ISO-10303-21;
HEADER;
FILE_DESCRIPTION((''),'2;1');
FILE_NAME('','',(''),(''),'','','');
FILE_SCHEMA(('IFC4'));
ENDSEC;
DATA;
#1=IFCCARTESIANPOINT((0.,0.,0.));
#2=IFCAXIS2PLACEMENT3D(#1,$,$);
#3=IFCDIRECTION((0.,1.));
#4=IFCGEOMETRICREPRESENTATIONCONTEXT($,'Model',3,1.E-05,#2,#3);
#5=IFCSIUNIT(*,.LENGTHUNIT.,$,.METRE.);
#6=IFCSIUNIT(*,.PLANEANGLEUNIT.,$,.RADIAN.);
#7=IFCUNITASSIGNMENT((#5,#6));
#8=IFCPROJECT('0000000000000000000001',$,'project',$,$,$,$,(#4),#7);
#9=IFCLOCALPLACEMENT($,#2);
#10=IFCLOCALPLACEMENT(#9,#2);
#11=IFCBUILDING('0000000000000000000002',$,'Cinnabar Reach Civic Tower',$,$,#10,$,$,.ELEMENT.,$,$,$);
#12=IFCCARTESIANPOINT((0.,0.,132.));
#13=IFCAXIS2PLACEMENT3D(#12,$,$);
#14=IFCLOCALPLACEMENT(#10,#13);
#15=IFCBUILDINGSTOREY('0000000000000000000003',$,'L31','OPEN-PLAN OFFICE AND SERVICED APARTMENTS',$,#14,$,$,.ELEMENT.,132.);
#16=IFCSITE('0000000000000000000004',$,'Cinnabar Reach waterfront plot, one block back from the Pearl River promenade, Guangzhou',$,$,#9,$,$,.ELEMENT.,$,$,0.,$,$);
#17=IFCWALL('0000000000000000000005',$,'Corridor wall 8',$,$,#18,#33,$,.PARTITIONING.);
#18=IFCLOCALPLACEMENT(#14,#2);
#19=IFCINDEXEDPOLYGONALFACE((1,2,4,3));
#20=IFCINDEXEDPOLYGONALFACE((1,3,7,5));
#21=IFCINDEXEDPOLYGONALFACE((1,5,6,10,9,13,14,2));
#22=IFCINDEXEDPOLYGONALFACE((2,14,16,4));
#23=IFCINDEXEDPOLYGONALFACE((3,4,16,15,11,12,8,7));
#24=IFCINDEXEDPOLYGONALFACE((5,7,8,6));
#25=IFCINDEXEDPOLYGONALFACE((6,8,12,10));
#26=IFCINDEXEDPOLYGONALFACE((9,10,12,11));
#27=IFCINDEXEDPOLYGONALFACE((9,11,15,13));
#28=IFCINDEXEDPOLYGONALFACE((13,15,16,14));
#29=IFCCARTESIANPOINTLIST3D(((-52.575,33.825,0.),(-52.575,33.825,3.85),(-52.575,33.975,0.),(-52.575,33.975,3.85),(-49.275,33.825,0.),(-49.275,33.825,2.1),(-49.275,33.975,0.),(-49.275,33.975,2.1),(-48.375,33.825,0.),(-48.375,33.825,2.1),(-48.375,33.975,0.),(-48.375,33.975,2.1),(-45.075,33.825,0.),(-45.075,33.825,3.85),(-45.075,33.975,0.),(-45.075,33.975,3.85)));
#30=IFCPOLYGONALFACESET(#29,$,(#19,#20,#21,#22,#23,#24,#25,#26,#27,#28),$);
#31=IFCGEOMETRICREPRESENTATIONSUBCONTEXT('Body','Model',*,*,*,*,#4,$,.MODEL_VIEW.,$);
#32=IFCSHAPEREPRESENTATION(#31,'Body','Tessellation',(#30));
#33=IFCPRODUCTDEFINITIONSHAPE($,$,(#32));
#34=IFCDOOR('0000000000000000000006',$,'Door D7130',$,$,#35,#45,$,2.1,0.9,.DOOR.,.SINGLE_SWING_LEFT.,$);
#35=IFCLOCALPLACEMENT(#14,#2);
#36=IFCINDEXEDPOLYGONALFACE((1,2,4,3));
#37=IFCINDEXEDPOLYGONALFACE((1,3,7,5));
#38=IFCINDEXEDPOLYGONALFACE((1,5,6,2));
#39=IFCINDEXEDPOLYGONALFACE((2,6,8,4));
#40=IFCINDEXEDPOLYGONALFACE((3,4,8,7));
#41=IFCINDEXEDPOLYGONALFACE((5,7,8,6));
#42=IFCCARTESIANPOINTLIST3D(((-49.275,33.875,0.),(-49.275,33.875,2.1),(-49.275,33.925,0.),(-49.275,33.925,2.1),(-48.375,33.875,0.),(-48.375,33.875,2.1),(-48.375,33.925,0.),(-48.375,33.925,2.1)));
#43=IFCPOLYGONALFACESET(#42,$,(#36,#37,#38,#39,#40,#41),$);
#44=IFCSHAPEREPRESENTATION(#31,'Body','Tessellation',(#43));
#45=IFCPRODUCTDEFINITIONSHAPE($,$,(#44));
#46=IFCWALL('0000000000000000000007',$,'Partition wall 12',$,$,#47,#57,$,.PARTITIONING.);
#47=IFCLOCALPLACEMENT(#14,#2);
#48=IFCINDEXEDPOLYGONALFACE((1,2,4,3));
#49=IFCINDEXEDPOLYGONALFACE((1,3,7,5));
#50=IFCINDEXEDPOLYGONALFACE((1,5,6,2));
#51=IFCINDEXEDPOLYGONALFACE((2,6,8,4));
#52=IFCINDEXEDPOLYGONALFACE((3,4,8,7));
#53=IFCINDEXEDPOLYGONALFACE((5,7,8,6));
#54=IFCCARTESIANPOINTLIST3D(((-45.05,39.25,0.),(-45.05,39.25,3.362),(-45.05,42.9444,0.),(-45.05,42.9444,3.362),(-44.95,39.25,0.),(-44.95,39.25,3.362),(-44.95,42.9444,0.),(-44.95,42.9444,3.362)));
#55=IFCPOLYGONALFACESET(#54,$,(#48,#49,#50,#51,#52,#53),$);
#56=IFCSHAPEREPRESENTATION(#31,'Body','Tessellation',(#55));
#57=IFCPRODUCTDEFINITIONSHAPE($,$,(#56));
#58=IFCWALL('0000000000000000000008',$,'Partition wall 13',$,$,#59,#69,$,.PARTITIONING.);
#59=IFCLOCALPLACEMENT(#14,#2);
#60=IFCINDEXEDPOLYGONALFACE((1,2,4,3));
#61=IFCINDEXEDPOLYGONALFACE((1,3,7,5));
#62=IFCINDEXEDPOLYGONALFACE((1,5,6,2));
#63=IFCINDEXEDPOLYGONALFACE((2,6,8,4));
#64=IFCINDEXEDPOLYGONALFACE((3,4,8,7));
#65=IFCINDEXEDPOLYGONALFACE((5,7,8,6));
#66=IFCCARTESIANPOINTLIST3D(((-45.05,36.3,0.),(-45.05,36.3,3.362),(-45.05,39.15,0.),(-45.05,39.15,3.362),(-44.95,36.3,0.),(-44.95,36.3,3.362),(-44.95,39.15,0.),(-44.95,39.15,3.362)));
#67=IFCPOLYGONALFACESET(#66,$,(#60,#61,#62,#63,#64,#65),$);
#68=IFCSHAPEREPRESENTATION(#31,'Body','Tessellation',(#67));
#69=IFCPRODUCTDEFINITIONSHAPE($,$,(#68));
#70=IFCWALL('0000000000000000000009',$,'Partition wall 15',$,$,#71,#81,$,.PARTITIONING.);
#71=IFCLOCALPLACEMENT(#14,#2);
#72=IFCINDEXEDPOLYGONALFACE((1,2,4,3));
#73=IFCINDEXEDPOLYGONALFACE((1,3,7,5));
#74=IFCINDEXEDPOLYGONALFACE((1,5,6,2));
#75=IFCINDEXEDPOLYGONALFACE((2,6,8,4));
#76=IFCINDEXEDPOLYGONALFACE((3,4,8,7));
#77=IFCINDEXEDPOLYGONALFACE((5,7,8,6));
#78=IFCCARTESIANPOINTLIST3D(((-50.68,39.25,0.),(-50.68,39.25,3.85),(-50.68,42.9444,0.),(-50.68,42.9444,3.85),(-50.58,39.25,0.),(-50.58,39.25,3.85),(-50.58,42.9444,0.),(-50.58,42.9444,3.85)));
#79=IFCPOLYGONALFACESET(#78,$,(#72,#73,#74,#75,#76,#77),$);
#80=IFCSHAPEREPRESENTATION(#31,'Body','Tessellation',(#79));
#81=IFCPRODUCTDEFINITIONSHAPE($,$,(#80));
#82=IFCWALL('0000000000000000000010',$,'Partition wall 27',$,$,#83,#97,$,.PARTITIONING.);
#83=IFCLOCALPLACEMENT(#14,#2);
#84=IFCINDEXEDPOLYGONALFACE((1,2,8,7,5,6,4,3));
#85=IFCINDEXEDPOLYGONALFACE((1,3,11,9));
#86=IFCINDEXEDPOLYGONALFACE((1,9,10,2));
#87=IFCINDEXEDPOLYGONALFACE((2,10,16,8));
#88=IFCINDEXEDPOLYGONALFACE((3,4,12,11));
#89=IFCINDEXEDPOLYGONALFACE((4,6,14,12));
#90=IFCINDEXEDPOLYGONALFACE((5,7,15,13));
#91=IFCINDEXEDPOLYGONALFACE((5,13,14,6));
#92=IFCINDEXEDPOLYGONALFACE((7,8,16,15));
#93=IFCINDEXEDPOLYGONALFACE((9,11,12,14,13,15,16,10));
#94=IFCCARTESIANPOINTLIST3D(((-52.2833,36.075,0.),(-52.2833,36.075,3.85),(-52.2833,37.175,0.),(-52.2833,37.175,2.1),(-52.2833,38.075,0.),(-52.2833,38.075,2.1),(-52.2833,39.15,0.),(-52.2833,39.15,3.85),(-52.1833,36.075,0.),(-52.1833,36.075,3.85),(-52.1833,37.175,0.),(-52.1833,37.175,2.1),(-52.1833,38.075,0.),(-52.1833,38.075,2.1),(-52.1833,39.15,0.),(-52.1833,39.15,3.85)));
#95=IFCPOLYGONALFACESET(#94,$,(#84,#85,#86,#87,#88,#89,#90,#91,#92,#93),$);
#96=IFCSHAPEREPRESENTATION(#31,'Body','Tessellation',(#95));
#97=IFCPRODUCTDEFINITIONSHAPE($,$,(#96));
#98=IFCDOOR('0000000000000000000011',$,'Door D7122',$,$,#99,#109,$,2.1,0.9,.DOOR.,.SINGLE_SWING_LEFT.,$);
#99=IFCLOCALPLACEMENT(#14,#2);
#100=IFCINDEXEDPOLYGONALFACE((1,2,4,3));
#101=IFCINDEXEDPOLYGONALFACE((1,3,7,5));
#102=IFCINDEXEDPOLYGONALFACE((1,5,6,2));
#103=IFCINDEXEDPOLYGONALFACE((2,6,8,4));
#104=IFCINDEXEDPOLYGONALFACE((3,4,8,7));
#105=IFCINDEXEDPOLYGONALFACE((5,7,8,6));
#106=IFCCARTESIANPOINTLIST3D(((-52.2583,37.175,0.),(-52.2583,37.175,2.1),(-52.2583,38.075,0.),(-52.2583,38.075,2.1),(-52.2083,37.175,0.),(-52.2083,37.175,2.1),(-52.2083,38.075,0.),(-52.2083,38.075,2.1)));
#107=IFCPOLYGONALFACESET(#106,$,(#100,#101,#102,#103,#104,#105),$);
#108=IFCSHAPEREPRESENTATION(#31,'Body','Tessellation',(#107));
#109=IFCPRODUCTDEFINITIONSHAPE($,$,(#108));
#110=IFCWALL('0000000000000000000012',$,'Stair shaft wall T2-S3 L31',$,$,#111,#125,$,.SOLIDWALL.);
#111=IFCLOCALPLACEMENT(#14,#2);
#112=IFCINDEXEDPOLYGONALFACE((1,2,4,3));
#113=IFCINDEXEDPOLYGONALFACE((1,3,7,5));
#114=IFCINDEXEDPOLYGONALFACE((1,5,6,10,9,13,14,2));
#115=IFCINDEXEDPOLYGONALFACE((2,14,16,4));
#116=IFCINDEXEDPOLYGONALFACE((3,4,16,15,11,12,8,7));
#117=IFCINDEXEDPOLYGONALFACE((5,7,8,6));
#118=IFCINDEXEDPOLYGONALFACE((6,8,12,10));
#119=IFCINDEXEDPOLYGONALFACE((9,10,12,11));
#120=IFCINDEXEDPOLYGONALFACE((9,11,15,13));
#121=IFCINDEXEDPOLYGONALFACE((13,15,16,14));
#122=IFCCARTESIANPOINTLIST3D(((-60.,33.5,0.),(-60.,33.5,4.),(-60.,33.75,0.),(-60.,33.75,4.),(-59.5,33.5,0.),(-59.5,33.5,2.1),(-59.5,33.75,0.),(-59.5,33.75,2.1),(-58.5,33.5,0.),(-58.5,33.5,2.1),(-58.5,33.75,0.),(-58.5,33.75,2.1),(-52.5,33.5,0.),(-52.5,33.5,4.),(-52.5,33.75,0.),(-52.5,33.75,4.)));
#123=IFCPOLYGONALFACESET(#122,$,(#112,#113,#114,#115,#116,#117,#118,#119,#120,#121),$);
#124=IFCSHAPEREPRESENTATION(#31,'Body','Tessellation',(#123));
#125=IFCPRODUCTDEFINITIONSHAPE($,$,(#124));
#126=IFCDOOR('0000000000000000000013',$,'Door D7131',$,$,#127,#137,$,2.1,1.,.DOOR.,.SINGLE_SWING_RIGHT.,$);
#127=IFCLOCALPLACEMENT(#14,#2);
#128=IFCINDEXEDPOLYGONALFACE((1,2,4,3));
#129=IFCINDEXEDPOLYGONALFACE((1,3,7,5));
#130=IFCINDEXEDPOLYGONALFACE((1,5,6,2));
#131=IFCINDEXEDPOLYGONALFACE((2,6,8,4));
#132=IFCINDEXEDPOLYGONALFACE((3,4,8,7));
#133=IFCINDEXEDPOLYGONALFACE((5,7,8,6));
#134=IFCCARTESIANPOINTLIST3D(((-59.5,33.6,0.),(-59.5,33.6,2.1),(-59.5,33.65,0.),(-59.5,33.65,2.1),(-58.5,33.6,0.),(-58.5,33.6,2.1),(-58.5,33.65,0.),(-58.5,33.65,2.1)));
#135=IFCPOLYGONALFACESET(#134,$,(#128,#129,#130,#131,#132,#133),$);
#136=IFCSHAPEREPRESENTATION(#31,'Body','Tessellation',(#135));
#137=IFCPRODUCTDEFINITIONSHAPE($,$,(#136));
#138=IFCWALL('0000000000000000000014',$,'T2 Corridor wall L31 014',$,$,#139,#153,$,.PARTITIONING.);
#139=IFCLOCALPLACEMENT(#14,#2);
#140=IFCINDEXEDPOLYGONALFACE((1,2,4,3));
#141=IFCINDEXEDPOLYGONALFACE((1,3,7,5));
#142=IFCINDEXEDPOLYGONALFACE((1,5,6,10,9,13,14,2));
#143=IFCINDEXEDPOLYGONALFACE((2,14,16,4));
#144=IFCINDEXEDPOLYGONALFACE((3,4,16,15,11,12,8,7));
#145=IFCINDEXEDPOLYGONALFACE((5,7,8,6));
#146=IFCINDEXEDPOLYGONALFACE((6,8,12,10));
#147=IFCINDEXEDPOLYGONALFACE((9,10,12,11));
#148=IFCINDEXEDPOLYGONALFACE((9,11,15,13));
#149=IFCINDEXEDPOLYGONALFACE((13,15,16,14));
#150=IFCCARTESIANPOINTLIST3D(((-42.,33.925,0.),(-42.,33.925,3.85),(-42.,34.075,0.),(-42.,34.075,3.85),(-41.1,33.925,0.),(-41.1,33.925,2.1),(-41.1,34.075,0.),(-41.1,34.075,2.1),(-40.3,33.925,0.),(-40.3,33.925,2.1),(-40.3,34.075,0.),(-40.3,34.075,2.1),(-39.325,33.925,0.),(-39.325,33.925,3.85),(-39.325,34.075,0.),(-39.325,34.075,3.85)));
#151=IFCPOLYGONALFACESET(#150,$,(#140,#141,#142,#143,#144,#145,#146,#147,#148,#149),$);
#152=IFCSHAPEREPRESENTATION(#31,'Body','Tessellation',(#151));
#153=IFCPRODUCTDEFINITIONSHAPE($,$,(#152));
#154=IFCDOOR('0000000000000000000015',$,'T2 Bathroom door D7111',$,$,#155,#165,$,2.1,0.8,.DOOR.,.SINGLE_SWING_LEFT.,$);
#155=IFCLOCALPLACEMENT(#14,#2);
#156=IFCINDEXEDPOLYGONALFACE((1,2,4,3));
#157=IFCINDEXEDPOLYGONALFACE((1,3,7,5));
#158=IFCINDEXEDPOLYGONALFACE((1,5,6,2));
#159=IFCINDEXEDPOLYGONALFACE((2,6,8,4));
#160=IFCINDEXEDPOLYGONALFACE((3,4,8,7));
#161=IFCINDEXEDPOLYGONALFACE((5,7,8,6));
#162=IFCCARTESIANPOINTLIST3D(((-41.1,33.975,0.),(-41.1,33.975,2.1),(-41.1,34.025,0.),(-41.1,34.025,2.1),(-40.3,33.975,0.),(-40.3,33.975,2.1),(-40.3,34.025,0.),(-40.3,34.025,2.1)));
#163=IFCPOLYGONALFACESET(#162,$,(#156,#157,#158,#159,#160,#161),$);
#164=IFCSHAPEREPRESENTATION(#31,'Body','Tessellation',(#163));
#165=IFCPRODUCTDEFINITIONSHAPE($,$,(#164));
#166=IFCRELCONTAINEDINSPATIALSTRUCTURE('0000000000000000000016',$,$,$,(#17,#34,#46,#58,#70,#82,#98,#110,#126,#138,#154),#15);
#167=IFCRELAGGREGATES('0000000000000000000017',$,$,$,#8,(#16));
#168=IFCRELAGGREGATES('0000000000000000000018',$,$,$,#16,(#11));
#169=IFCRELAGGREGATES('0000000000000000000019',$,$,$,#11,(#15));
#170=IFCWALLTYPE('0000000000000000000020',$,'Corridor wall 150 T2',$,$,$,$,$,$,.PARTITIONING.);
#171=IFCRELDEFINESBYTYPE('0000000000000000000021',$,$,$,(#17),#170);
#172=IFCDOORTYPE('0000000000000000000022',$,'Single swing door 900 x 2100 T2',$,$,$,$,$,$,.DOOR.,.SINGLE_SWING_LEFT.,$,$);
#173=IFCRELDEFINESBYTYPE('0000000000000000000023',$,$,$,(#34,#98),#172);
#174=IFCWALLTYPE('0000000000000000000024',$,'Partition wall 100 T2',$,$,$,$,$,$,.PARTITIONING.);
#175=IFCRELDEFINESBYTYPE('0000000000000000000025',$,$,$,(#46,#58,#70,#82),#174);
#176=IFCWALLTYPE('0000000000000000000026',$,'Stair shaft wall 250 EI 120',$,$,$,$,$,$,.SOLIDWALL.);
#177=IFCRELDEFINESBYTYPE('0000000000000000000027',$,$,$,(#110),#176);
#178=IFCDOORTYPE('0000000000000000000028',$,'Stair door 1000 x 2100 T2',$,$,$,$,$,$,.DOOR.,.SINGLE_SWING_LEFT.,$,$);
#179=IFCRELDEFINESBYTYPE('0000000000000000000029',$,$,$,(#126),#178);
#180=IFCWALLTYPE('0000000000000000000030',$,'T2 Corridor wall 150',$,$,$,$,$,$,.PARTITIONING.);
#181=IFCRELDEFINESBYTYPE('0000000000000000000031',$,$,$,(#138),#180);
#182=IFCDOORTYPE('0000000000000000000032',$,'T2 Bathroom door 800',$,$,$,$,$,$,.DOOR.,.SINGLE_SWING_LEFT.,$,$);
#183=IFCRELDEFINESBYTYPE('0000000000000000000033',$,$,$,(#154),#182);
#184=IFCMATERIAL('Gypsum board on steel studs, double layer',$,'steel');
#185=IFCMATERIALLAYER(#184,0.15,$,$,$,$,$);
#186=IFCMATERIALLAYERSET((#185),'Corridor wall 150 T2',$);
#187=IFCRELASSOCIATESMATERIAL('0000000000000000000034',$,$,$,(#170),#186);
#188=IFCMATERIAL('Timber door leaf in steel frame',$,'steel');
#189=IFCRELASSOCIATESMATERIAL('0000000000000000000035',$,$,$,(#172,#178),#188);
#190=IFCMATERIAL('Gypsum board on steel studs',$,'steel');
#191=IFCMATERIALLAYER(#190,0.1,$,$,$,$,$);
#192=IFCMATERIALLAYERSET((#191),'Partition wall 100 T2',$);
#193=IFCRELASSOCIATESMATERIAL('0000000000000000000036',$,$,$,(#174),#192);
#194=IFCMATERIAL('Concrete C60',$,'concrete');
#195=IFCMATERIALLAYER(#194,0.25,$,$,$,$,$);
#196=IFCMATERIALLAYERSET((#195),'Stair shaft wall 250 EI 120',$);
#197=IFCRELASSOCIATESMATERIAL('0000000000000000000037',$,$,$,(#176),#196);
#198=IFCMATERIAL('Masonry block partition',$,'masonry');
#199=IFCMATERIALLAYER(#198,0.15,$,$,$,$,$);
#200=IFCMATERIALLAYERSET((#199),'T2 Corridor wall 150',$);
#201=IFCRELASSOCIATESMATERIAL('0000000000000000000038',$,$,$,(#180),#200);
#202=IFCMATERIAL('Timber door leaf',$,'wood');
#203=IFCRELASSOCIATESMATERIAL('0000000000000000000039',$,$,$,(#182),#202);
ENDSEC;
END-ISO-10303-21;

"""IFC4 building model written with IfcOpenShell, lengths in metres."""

from ifc_helpers import new_model, si_unit, direction, frame, frame_2d, origin, place, context, subcontext, project, spatial, rectangle, extrude, material, layer, layer_set, type_object, element, fill, save


model = new_model("IFC4")

# Units and contexts
model_context = context("Model", 3, precision=1e-05, world=origin(), true_north=direction((0.0, 1.0)))
body_context = subcontext(model_context, "Body", "Model", "MODEL_VIEW")
ifc_project = project(units=[si_unit("LENGTHUNIT", "METRE"), si_unit("PLANEANGLEUNIT", "RADIAN")], contexts=[model_context])

# Site, building, storey
site_placement = place(None, origin())
site = spatial("IfcSite", under=ifc_project, at=site_placement, Name="Cinnabar Reach waterfront plot, one block back from the Pearl River promenade, Guangzhou", CompositionType="ELEMENT", RefElevation=0.0)
building_placement = place(site_placement, origin())
building = spatial("IfcBuilding", under=site, at=building_placement, Name="Cinnabar Reach Civic Tower", CompositionType="ELEMENT")
storey_placement = place(building_placement, frame((0.0, 0.0, 132.0)))
storey = spatial("IfcBuildingStorey", under=building, at=storey_placement, Name="L31", Description="OPEN-PLAN OFFICE AND SERVICED APARTMENTS", CompositionType="ELEMENT", Elevation=132.0)

# Shared definitions
ifc_material_1 = material(Name="Concrete C60", Category="concrete")

# Wall, opening, door
ifc_material_2 = material(Name="Gypsum board on steel studs, double layer", Category="steel")
ifc_layer_1 = layer(ifc_material_2, 0.15)
ifc_layer_set_1 = layer_set([ifc_layer_1], Name="Corridor wall 150 T2")
wall_type_1 = type_object("IfcWallType", Name="Corridor wall 150 T2", PredefinedType="PARTITIONING", material=ifc_layer_set_1)
ifc_material_3 = material(Name="Timber door leaf in steel frame", Category="steel")
door_type_1 = type_object("IfcDoorType", Name="Single swing door 900 x 2100 T2", OperationType="SINGLE_SWING_LEFT", PredefinedType="DOOR", material=ifc_material_3)
wall_1_placement = place(storey_placement, frame((-52.575, 33.9, 0.0), z_axis=(0.0, 0.0, 1.0), x_axis=(1.0, 0.0, 0.0)))
wall_1 = element("IfcWall", 1, at=wall_1_placement, inside=storey, type_object=wall_type_1, Name="Corridor wall 8", PredefinedType="PARTITIONING", context=body_context, shape_type="SweptSolid", body=[
    extrude(rectangle(XDim=7.5, YDim=0.15, at=frame_2d((3.75, 0.0))), origin(), (0.0, 0.0, 1.0), 3.85),
])
opening_1_placement = place(wall_1_placement, frame((3.3, 0.0, 0.0)))
opening_1 = element("IfcOpeningElement", 2, at=opening_1_placement, cuts=wall_1, PredefinedType="OPENING", context=body_context, shape_type="SweptSolid", body=[
    extrude(rectangle(XDim=0.9, YDim=2.1, at=frame_2d((0.45, 1.05))), frame((0.0, 0.085, 0.0), z_axis=(0.0, -1.0, 0.0), x_axis=(1.0, 0.0, 0.0)), (0.0, 0.0, 1.0), 0.17),
])
door_1_placement = place(opening_1_placement, frame((0.9, 0.0, 0.0), z_axis=(0.0, 0.0, 1.0), x_axis=(-1.0, 0.0, 0.0)))
door_1 = element("IfcDoor", 3, at=door_1_placement, inside=storey, type_object=door_type_1, Name="Door D7130", OperationType="SINGLE_SWING_LEFT", OverallHeight=2.1, OverallWidth=0.9, PredefinedType="DOOR", context=body_context, shape_type="SweptSolid", body=[
    extrude(rectangle(XDim=0.9, YDim=2.1, at=frame_2d((0.45, 1.05))), frame((0.0, 0.025, 0.0), z_axis=(0.0, -1.0, 0.0), x_axis=(1.0, 0.0, 0.0)), (0.0, 0.0, 1.0), 0.05),
])
fill(opening_1, door_1)

# Walls
ifc_material_4 = material(Name="Gypsum board on steel studs", Category="steel")
ifc_layer_2 = layer(ifc_material_4, 0.1)
ifc_layer_set_2 = layer_set([ifc_layer_2], Name="Partition wall 100 T2")
wall_type_2 = type_object("IfcWallType", Name="Partition wall 100 T2", PredefinedType="PARTITIONING", material=ifc_layer_set_2)
wall_2_placement = place(storey_placement, frame((-45.0, 39.25, 0.0), z_axis=(0.0, 0.0, 1.0), x_axis=(0.0, 1.0, 0.0)))
element("IfcWall", 4, at=wall_2_placement, inside=storey, type_object=wall_type_2, Name="Partition wall 12", PredefinedType="PARTITIONING", context=body_context, shape_type="SweptSolid", body=[
    extrude(rectangle(XDim=3.6944, YDim=0.1, at=frame_2d((1.8472, 0.0))), origin(), (0.0, 0.0, 1.0), 3.362),
])
wall_3_placement = place(storey_placement, frame((-45.0, 36.3, 0.0), z_axis=(0.0, 0.0, 1.0), x_axis=(0.0, 1.0, 0.0)))
element("IfcWall", 5, at=wall_3_placement, inside=storey, type_object=wall_type_2, Name="Partition wall 13", PredefinedType="PARTITIONING", context=body_context, shape_type="SweptSolid", body=[
    extrude(rectangle(XDim=2.85, YDim=0.1, at=frame_2d((1.425, 0.0))), origin(), (0.0, 0.0, 1.0), 3.362),
])
wall_4_placement = place(storey_placement, frame((-50.63, 39.25, 0.0), z_axis=(0.0, 0.0, 1.0), x_axis=(0.0, 1.0, 0.0)))
element("IfcWall", 6, at=wall_4_placement, inside=storey, type_object=wall_type_2, Name="Partition wall 15", PredefinedType="PARTITIONING", context=body_context, shape_type="SweptSolid", body=[
    extrude(rectangle(XDim=3.6944, YDim=0.1, at=frame_2d((1.8472, 0.0))), origin(), (0.0, 0.0, 1.0), 3.85),
])

# Walls, openings, doors
wall_5_placement = place(storey_placement, frame((-52.2333, 36.075, 0.0), z_axis=(0.0, 0.0, 1.0), x_axis=(0.0, 1.0, 0.0)))
wall_5 = element("IfcWall", 7, at=wall_5_placement, inside=storey, type_object=wall_type_2, Name="Partition wall 27", PredefinedType="PARTITIONING", context=body_context, shape_type="SweptSolid", body=[
    extrude(rectangle(XDim=3.075, YDim=0.1, at=frame_2d((1.5375, 0.0))), origin(), (0.0, 0.0, 1.0), 3.85),
])
opening_2_placement = place(wall_5_placement, frame((1.1, 0.0, 0.0)))
opening_2 = element("IfcOpeningElement", 8, at=opening_2_placement, cuts=wall_5, PredefinedType="OPENING", context=body_context, shape_type="SweptSolid", body=[
    extrude(rectangle(XDim=0.9, YDim=2.1, at=frame_2d((0.45, 1.05))), frame((0.0, 0.06, 0.0), z_axis=(0.0, -1.0, 0.0), x_axis=(1.0, 0.0, 0.0)), (0.0, 0.0, 1.0), 0.12),
])
door_2_placement = place(opening_2_placement, origin())
door_2 = element("IfcDoor", 9, at=door_2_placement, inside=storey, type_object=door_type_1, Name="Door D7122", OperationType="SINGLE_SWING_LEFT", OverallHeight=2.1, OverallWidth=0.9, PredefinedType="DOOR", context=body_context, shape_type="SweptSolid", body=[
    extrude(rectangle(XDim=0.9, YDim=2.1, at=frame_2d((0.45, 1.05))), frame((0.0, 0.025, 0.0), z_axis=(0.0, -1.0, 0.0), x_axis=(1.0, 0.0, 0.0)), (0.0, 0.0, 1.0), 0.05),
])
fill(opening_2, door_2)
ifc_layer_3 = layer(ifc_material_1, 0.25)
ifc_layer_set_3 = layer_set([ifc_layer_3], Name="Stair shaft wall 250 EI 120")
wall_type_3 = type_object("IfcWallType", Name="Stair shaft wall 250 EI 120", PredefinedType="SOLIDWALL", material=ifc_layer_set_3)
wall_6_placement = place(storey_placement, frame((-52.5, 33.625, 0.0), z_axis=(0.0, 0.0, 1.0), x_axis=(-1.0, 0.0, 0.0)))
wall_6 = element("IfcWall", 10, at=wall_6_placement, inside=storey, type_object=wall_type_3, Name="Stair shaft wall T2-S3 L31", PredefinedType="SOLIDWALL", context=body_context, shape_type="SweptSolid", body=[
    extrude(rectangle(XDim=7.5, YDim=0.25, at=frame_2d((3.75, 0.0))), origin(), (0.0, 0.0, 1.0), 4.0),
])
opening_3_placement = place(wall_6_placement, frame((6.0, 0.0, 0.0)))
opening_3 = element("IfcOpeningElement", 11, at=opening_3_placement, cuts=wall_6, PredefinedType="OPENING", context=body_context, shape_type="SweptSolid", body=[
    extrude(rectangle(XDim=1.0, YDim=2.1, at=frame_2d((0.5, 1.05))), frame((0.0, 0.135, 0.0), z_axis=(0.0, -1.0, 0.0), x_axis=(1.0, 0.0, 0.0)), (0.0, 0.0, 1.0), 0.27),
])
door_type_2 = type_object("IfcDoorType", Name="Stair door 1000 x 2100 T2", OperationType="SINGLE_SWING_LEFT", PredefinedType="DOOR", material=ifc_material_3)
door_3_placement = place(opening_3_placement, origin())
door_3 = element("IfcDoor", 12, at=door_3_placement, inside=storey, type_object=door_type_2, Name="Door D7131", OperationType="SINGLE_SWING_RIGHT", OverallHeight=2.1, OverallWidth=1.0, PredefinedType="DOOR", context=body_context, shape_type="SweptSolid", body=[
    extrude(rectangle(XDim=1.0, YDim=2.1, at=frame_2d((0.5, 1.05))), frame((0.0, 0.025, 0.0), z_axis=(0.0, -1.0, 0.0), x_axis=(1.0, 0.0, 0.0)), (0.0, 0.0, 1.0), 0.05),
])
fill(opening_3, door_3)
ifc_material_5 = material(Name="Masonry block partition", Category="masonry")
ifc_layer_4 = layer(ifc_material_5, 0.15)
ifc_layer_set_4 = layer_set([ifc_layer_4], Name="T2 Corridor wall 150")
wall_type_4 = type_object("IfcWallType", Name="T2 Corridor wall 150", PredefinedType="PARTITIONING", material=ifc_layer_set_4)
wall_7_placement = place(storey_placement, frame((-39.325, 34.0, 0.0), z_axis=(0.0, 0.0, 1.0), x_axis=(-1.0, 0.0, 0.0)))
wall_7 = element("IfcWall", 13, at=wall_7_placement, inside=storey, type_object=wall_type_4, Name="T2 Corridor wall L31 014", PredefinedType="PARTITIONING", context=body_context, shape_type="SweptSolid", body=[
    extrude(rectangle(XDim=2.675, YDim=0.15, at=frame_2d((1.3375, 0.0))), origin(), (0.0, 0.0, 1.0), 3.85),
])
opening_4_placement = place(wall_7_placement, frame((0.975, 0.0, 0.0)))
opening_4 = element("IfcOpeningElement", 14, at=opening_4_placement, cuts=wall_7, PredefinedType="OPENING", context=body_context, shape_type="SweptSolid", body=[
    extrude(rectangle(XDim=0.8, YDim=2.1, at=frame_2d((0.4, 1.05))), frame((0.0, 0.085, 0.0), z_axis=(0.0, -1.0, 0.0), x_axis=(1.0, 0.0, 0.0)), (0.0, 0.0, 1.0), 0.17),
])
ifc_material_6 = material(Name="Timber door leaf", Category="wood")
door_type_3 = type_object("IfcDoorType", Name="T2 Bathroom door 800", OperationType="SINGLE_SWING_LEFT", PredefinedType="DOOR", material=ifc_material_6)
door_4_placement = place(opening_4_placement, frame((0.8, 0.0, 0.0), z_axis=(0.0, 0.0, 1.0), x_axis=(-1.0, 0.0, 0.0)))
door_4 = element("IfcDoor", 15, at=door_4_placement, inside=storey, type_object=door_type_3, Name="T2 Bathroom door D7111", OperationType="SINGLE_SWING_LEFT", OverallHeight=2.1, OverallWidth=0.8, PredefinedType="DOOR", context=body_context, shape_type="SweptSolid", body=[
    extrude(rectangle(XDim=0.8, YDim=2.1, at=frame_2d((0.4, 1.05))), frame((0.0, 0.025, 0.0), z_axis=(0.0, -1.0, 0.0), x_axis=(1.0, 0.0, 0.0)), (0.0, 0.0, 1.0), 0.05),
])
fill(opening_4, door_4)

save(model, "model.ifc")
